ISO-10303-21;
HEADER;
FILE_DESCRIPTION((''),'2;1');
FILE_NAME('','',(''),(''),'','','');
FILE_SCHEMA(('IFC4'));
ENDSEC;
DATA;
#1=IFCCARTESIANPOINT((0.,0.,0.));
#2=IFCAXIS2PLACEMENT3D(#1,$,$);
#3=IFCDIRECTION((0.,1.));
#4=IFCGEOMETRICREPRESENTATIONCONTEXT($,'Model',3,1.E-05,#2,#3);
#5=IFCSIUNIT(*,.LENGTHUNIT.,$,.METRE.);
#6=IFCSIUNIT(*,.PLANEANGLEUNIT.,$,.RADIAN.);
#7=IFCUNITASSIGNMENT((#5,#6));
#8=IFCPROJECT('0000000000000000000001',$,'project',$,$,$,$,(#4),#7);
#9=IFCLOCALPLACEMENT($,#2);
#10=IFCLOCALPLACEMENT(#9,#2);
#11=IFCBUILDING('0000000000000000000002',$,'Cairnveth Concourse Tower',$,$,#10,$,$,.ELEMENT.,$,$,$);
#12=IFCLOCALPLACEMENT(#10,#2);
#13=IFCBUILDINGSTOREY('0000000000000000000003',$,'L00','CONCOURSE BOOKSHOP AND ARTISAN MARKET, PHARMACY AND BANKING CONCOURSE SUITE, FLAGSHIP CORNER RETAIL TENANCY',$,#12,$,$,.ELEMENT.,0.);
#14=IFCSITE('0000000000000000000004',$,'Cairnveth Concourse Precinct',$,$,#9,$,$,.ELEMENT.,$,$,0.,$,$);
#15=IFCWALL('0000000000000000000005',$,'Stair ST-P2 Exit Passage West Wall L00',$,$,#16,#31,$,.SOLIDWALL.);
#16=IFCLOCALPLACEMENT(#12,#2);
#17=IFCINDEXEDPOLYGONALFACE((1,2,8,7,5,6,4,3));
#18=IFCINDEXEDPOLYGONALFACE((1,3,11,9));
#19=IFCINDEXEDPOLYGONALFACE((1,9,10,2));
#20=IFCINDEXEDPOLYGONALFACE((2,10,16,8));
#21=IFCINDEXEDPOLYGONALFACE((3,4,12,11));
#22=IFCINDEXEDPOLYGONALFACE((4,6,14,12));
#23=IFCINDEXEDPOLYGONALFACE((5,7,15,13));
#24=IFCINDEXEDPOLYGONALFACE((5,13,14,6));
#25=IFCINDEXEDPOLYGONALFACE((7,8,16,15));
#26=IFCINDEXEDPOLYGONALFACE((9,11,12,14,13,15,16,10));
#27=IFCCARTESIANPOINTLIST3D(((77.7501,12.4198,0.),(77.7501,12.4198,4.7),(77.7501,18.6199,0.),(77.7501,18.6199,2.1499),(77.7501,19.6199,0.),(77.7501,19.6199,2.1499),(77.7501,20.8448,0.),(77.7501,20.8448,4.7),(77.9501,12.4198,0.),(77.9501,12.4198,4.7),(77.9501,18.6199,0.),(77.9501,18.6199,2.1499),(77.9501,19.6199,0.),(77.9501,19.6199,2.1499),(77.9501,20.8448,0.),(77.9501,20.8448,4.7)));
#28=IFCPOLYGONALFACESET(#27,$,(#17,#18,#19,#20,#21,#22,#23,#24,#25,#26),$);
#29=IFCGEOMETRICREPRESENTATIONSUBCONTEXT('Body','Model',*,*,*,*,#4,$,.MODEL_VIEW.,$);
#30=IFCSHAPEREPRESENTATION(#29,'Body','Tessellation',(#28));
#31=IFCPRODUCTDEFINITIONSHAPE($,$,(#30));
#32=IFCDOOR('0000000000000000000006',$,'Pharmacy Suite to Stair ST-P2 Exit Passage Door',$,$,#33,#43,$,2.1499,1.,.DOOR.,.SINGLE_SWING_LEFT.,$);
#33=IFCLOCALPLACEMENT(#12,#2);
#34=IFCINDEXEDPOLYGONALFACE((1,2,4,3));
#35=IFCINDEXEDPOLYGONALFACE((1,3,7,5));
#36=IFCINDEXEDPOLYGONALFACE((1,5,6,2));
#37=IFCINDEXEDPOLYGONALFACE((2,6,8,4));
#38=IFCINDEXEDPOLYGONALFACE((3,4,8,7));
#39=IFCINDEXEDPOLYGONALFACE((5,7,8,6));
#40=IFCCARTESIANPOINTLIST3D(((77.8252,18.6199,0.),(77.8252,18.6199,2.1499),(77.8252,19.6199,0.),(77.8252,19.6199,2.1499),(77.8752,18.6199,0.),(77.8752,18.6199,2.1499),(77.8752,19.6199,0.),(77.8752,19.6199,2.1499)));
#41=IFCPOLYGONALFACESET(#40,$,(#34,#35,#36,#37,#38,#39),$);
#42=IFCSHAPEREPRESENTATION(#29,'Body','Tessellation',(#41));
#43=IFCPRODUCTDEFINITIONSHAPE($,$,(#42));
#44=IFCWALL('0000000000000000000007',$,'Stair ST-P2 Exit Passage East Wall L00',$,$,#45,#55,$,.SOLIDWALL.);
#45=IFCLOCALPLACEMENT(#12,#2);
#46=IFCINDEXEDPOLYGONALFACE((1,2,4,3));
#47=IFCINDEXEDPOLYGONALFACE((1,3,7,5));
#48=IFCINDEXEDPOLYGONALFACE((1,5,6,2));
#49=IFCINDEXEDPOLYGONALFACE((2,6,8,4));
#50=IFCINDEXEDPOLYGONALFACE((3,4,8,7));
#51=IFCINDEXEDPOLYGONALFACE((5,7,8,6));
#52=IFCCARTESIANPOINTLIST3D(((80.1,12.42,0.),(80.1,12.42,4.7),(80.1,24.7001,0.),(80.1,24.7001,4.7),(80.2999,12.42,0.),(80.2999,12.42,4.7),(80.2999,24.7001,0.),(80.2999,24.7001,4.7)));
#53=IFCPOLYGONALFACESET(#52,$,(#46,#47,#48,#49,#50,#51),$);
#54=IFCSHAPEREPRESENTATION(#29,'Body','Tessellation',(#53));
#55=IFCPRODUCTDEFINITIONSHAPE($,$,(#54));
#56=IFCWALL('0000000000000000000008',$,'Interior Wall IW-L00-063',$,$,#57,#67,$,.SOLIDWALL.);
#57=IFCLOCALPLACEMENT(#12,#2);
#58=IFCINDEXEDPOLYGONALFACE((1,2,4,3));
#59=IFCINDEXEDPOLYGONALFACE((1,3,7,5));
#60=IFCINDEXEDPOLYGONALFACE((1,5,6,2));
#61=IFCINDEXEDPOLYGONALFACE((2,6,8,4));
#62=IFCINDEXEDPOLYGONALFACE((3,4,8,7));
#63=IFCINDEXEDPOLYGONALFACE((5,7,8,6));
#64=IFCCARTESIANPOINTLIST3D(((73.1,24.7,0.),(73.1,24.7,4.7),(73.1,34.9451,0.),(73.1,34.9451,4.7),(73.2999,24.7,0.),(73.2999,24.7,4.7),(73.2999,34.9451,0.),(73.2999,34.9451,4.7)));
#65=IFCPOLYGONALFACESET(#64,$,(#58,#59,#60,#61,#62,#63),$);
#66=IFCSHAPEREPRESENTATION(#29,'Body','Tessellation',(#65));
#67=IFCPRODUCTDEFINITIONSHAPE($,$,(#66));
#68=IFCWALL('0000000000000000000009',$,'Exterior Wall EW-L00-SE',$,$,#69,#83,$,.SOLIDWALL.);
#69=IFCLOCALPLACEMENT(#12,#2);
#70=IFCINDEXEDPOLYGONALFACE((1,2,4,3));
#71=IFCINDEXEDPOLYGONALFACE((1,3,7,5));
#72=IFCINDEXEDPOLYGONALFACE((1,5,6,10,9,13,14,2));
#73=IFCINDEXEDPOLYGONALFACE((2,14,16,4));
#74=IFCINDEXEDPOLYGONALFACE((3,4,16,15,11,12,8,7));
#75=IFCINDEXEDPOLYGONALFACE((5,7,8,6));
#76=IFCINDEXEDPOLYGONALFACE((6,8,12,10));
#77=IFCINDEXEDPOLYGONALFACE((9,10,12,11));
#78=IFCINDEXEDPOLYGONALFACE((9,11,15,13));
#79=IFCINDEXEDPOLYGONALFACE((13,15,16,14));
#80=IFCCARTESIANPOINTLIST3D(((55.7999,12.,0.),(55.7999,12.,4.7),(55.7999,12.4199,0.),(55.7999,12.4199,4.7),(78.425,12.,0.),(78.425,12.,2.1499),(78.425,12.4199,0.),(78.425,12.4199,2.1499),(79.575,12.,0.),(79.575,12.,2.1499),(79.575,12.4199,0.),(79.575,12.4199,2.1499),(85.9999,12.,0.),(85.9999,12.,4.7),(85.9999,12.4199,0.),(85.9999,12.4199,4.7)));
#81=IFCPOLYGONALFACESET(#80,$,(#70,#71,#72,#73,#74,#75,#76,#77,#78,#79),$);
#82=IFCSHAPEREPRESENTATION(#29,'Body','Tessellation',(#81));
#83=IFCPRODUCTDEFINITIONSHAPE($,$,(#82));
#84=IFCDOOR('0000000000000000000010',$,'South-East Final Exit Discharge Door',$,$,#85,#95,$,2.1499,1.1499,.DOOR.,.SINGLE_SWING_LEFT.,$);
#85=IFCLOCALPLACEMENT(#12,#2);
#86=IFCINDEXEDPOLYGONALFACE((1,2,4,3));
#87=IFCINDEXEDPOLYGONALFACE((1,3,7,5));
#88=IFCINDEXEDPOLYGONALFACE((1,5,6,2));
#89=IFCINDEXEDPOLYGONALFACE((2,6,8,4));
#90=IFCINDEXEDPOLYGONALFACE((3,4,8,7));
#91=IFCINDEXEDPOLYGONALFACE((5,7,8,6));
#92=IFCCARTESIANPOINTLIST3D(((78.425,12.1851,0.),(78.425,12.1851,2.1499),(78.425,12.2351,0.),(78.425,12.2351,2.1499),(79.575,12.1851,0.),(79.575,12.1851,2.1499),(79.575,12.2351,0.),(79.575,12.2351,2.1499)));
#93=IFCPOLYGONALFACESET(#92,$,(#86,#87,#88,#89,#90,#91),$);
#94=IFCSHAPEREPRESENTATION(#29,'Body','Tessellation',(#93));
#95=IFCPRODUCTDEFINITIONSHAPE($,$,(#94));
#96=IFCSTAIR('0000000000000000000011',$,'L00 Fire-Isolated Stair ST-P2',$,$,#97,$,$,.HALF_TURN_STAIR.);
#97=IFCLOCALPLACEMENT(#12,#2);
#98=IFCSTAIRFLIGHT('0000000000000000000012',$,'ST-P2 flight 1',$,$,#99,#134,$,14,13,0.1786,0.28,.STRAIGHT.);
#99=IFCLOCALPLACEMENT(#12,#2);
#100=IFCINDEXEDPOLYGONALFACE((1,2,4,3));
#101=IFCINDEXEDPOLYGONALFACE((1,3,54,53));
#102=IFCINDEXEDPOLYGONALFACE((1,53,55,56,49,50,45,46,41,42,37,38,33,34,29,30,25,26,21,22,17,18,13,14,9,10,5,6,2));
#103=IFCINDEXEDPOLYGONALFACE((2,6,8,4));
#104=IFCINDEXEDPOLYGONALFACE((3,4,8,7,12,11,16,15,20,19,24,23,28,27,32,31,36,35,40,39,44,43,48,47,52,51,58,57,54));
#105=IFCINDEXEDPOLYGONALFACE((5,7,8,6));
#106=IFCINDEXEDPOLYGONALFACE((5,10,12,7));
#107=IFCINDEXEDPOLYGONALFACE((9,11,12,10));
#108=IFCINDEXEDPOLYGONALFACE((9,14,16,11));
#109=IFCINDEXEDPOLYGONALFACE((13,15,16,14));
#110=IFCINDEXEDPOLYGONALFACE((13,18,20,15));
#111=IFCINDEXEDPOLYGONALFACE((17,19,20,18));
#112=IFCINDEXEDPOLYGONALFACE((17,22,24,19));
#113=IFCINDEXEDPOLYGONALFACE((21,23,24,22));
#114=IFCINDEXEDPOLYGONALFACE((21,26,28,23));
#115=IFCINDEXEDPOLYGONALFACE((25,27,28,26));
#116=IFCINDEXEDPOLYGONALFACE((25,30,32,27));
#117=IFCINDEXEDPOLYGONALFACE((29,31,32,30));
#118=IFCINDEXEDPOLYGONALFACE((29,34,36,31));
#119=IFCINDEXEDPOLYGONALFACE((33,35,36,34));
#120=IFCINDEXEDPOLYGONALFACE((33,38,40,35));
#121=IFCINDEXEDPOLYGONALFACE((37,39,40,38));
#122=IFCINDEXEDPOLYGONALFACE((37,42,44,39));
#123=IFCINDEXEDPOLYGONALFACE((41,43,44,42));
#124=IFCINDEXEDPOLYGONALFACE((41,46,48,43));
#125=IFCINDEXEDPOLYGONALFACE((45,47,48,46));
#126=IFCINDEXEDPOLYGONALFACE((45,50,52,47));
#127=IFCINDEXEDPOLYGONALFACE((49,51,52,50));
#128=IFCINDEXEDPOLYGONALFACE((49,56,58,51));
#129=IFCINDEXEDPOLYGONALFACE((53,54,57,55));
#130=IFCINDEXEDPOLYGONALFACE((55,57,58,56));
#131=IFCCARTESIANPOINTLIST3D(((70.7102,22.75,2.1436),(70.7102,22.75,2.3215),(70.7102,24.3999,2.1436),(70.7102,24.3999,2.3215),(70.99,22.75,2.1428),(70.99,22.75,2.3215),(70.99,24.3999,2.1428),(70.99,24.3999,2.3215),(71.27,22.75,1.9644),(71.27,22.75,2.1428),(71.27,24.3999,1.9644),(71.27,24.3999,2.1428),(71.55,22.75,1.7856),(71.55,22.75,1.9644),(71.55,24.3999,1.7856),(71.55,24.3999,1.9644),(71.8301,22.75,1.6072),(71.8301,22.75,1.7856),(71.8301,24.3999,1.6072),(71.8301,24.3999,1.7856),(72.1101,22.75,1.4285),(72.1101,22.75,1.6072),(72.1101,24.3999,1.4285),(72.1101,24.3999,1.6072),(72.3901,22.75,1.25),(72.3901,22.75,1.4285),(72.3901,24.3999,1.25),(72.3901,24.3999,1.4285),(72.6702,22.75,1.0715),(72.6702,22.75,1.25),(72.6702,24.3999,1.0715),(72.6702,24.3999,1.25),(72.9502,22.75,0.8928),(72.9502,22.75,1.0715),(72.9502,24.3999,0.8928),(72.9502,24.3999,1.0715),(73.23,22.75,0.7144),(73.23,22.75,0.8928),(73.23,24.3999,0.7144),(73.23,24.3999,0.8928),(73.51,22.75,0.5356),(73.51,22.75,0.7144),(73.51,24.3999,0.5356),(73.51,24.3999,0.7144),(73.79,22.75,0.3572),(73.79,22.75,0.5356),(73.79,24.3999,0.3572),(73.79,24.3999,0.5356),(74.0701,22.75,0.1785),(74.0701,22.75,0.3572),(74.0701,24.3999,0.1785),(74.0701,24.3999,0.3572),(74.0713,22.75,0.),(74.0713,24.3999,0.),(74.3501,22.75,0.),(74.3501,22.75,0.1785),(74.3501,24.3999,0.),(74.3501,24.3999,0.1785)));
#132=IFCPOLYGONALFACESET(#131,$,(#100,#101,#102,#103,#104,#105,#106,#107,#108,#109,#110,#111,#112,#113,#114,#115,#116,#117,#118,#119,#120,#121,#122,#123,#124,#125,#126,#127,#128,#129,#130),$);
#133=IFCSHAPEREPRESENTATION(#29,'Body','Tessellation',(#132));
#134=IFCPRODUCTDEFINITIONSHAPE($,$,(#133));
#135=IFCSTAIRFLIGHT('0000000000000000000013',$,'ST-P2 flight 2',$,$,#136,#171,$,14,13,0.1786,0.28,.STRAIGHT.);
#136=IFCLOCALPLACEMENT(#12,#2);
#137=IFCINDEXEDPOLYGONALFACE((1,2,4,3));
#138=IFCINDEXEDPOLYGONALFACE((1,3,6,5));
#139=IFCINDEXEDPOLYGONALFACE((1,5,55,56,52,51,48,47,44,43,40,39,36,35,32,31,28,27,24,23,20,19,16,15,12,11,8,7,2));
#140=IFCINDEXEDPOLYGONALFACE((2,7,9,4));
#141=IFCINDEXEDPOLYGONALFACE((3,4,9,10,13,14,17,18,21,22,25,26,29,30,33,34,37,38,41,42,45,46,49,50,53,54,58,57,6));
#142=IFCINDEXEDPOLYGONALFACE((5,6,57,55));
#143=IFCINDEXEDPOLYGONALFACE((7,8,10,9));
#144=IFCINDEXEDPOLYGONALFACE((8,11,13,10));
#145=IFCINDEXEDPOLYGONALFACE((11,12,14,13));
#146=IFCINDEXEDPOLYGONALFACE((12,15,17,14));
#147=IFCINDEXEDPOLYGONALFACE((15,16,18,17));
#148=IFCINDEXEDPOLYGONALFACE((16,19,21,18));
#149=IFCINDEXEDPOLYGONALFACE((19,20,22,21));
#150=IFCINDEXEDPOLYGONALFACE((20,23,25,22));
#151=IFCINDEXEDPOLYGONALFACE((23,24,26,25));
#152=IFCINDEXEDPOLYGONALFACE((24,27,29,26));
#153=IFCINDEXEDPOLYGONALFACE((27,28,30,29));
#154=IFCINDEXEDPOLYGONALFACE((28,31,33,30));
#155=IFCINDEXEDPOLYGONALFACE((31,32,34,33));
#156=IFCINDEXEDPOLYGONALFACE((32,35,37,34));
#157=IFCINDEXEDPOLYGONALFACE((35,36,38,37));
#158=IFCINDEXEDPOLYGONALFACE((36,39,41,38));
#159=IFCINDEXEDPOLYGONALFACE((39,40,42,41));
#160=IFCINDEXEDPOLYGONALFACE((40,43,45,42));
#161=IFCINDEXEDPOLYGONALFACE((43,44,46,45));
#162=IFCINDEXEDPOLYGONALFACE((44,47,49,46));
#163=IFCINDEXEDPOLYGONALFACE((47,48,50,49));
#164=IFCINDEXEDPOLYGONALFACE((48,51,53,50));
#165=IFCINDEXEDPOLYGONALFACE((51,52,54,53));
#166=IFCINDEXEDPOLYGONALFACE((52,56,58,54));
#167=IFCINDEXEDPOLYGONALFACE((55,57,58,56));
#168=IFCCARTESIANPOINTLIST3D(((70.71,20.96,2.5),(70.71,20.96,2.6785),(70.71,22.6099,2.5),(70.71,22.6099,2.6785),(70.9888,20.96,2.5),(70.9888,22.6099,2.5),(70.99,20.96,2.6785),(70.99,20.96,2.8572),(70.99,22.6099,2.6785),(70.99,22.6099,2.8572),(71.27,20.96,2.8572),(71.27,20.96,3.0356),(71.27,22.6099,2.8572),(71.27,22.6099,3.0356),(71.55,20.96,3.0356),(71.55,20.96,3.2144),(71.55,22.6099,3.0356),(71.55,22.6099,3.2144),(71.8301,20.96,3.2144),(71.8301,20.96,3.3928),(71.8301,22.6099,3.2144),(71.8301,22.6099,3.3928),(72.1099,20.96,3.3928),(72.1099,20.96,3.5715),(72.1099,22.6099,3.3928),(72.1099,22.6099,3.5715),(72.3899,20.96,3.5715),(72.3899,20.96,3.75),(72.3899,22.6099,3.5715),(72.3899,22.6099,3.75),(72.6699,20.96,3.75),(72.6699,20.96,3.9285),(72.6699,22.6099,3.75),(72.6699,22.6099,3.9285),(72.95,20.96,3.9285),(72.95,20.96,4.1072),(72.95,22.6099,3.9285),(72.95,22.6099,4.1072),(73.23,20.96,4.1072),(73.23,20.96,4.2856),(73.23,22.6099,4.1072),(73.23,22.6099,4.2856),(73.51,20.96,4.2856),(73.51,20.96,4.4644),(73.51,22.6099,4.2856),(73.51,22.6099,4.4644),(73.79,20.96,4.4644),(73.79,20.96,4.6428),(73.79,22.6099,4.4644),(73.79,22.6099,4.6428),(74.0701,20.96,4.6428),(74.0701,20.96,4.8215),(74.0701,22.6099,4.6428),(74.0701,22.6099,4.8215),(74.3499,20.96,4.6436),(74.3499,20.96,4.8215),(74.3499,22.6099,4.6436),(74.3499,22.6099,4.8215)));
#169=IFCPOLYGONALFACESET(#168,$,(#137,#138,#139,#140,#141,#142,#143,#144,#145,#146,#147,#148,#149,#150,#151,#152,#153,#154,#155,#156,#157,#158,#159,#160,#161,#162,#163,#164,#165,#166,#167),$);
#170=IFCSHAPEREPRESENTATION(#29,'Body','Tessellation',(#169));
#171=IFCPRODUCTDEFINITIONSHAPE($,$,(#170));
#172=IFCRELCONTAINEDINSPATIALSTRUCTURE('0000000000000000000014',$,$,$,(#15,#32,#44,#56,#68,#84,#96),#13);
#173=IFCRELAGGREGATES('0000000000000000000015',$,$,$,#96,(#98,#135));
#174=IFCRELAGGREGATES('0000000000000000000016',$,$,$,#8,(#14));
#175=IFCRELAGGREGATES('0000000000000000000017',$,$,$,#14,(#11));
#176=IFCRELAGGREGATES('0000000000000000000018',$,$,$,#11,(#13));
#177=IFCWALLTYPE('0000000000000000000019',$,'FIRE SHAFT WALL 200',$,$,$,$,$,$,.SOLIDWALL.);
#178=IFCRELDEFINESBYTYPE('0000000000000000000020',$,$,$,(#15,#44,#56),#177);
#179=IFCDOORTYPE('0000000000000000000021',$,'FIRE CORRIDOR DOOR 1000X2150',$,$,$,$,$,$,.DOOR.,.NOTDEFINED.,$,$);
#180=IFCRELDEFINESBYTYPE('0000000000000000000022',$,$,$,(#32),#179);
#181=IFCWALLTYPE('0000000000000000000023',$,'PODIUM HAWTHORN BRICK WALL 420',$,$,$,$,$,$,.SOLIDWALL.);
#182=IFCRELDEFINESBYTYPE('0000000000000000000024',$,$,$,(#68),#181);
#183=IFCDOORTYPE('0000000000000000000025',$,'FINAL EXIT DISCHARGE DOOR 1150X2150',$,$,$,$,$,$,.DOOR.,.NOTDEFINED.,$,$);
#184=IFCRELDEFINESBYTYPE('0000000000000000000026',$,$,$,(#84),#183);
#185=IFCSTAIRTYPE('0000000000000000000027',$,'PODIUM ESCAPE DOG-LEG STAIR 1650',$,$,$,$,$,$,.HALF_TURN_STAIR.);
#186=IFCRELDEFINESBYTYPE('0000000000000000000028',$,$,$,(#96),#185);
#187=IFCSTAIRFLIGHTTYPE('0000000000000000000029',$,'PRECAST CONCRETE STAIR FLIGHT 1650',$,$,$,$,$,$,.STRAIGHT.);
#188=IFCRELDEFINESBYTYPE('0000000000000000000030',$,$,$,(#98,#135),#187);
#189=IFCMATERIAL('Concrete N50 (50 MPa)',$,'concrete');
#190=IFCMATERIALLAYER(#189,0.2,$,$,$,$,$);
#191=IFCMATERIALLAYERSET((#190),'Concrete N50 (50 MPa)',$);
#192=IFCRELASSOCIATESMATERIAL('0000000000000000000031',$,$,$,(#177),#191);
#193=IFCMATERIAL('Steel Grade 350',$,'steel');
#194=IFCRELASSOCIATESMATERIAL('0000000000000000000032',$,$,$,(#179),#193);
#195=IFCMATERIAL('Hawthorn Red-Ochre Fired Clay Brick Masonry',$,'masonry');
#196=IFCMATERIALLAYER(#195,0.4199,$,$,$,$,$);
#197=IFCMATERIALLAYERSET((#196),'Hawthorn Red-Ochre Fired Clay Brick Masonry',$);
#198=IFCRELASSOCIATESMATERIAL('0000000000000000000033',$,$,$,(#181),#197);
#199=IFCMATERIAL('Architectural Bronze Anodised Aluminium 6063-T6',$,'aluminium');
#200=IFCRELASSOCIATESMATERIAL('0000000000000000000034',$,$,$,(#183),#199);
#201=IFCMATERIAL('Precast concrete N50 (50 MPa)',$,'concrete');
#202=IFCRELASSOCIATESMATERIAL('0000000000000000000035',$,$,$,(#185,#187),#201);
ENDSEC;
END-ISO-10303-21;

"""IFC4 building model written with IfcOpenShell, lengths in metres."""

from ifc_helpers import new_model, si_unit, direction, frame, frame_2d, origin, place, context, subcontext, project, spatial, polyline, rectangle, outline, extrude, material, layer, layer_set, type_object, element, fill, aggregate, save


model = new_model("IFC4")

# Units and contexts
model_context = context("Model", 3, precision=1e-05, world=origin(), true_north=direction((0.0, 1.0)))
body_context = subcontext(model_context, "Body", "Model", "MODEL_VIEW")
ifc_project = project(units=[si_unit("LENGTHUNIT", "METRE"), si_unit("PLANEANGLEUNIT", "RADIAN")], contexts=[model_context])

# Site, building, storey
site_placement = place(None, origin())
site = spatial("IfcSite", under=ifc_project, at=site_placement, Name="Cairnveth Concourse Precinct", CompositionType="ELEMENT", RefElevation=0.0)
building_placement = place(site_placement, origin())
building = spatial("IfcBuilding", under=site, at=building_placement, Name="Cairnveth Concourse Tower", CompositionType="ELEMENT")
storey_placement = place(building_placement, origin())
storey = spatial("IfcBuildingStorey", under=building, at=storey_placement, Name="L00", Description="CONCOURSE BOOKSHOP AND ARTISAN MARKET, PHARMACY AND BANKING CONCOURSE SUITE, FLAGSHIP CORNER RETAIL TENANCY", CompositionType="ELEMENT", Elevation=0.0)

# Shared definitions
ifc_material_1 = material(Name="Concrete N50 (50 MPa)", Category="concrete")

# Shared definitions
ifc_material_2 = material(Name="Steel Grade 350", Category="steel")

# Shared definitions
ifc_layer_1 = layer(ifc_material_1, 0.2)
ifc_layer_set_1 = layer_set([ifc_layer_1], Name="Concrete N50 (50 MPa)")
wall_type_1 = type_object("IfcWallType", Name="FIRE SHAFT WALL 200", PredefinedType="SOLIDWALL", material=ifc_layer_set_1)

# Wall, opening, door
wall_1_placement = place(storey_placement, frame((77.8501, 12.4199, 0.0), z_axis=(0.0, 0.0, 1.0), x_axis=(0.0, 1.0, 0.0)))
wall_1 = element("IfcWall", 1, at=wall_1_placement, inside=storey, type_object=wall_type_1, Name="Stair ST-P2 Exit Passage West Wall L00", PredefinedType="SOLIDWALL", context=body_context, shape_type="SweptSolid", body=[
    extrude(rectangle(XDim=8.425, YDim=0.2, at=frame_2d((4.2124, 0.0))), origin(), (0.0, 0.0, 1.0), 4.7),
])
opening_1_placement = place(wall_1_placement, frame((6.2, 0.0, 0.0)))
opening_1 = element("IfcOpeningElement", 2, at=opening_1_placement, cuts=wall_1, PredefinedType="OPENING", context=body_context, shape_type="SweptSolid", body=[
    extrude(rectangle(XDim=1.0, YDim=2.1499, at=frame_2d((0.5, 1.075))), frame((0.0, 0.1099, 0.0), z_axis=(0.0, -1.0, 0.0), x_axis=(1.0, 0.0, 0.0)), (0.0, 0.0, 1.0), 0.22),
])
door_type_1 = type_object("IfcDoorType", Name="FIRE CORRIDOR DOOR 1000X2150", OperationType="NOTDEFINED", PredefinedType="DOOR", material=ifc_material_2)
door_1_placement = place(opening_1_placement, origin())
door_1 = element("IfcDoor", 3, at=door_1_placement, inside=storey, type_object=door_type_1, Name="Pharmacy Suite to Stair ST-P2 Exit Passage Door", OperationType="SINGLE_SWING_LEFT", OverallHeight=2.1499, OverallWidth=1.0, PredefinedType="DOOR", context=body_context, shape_type="SweptSolid", body=[
    extrude(rectangle(XDim=1.0, YDim=2.1499, at=frame_2d((0.5, 1.075))), frame((0.0, 0.0249, 0.0), z_axis=(0.0, -1.0, 0.0), x_axis=(1.0, 0.0, 0.0)), (0.0, 0.0, 1.0), 0.05),
])
fill(opening_1, door_1)

# Walls
wall_2_placement = place(storey_placement, frame((80.2, 12.4199, 0.0), z_axis=(0.0, 0.0, 1.0), x_axis=(0.0, 1.0, 0.0)))
element("IfcWall", 4, at=wall_2_placement, inside=storey, type_object=wall_type_1, Name="Stair ST-P2 Exit Passage East Wall L00", PredefinedType="SOLIDWALL", context=body_context, shape_type="SweptSolid", body=[
    extrude(rectangle(XDim=12.28, YDim=0.2, at=frame_2d((6.1401, 0.0))), origin(), (0.0, 0.0, 1.0), 4.7),
])
wall_3_placement = place(storey_placement, frame((73.2, 24.7, 0.0), z_axis=(0.0, 0.0, 1.0), x_axis=(0.0, 1.0, 0.0)))
element("IfcWall", 5, at=wall_3_placement, inside=storey, type_object=wall_type_1, Name="Interior Wall IW-L00-063", PredefinedType="SOLIDWALL", context=body_context, shape_type="SweptSolid", body=[
    extrude(rectangle(XDim=10.2451, YDim=0.2, at=frame_2d((5.1226, 0.0))), origin(), (0.0, 0.0, 1.0), 4.7),
])

# Wall, opening, door
ifc_material_3 = material(Name="Hawthorn Red-Ochre Fired Clay Brick Masonry", Category="masonry")
ifc_layer_2 = layer(ifc_material_3, 0.4199)
ifc_layer_set_2 = layer_set([ifc_layer_2], Name="Hawthorn Red-Ochre Fired Clay Brick Masonry")
wall_type_2 = type_object("IfcWallType", Name="PODIUM HAWTHORN BRICK WALL 420", PredefinedType="SOLIDWALL", material=ifc_layer_set_2)
wall_4_placement = place(storey_placement, frame((86.0, 12.21, 0.0), z_axis=(0.0, 0.0, 1.0), x_axis=(-1.0, 0.0, 0.0)))
wall_4 = element("IfcWall", 6, at=wall_4_placement, inside=storey, type_object=wall_type_2, Name="Exterior Wall EW-L00-SE", PredefinedType="SOLIDWALL", context=body_context, shape_type="SweptSolid", body=[
    extrude(rectangle(XDim=30.2, YDim=0.4199, at=frame_2d((15.1001, 0.0))), origin(), (0.0, 0.0, 1.0), 4.7),
])
opening_2_placement = place(wall_4_placement, frame((6.425, 0.0, 0.0)))
opening_2 = element("IfcOpeningElement", 7, at=opening_2_placement, cuts=wall_4, PredefinedType="OPENING", context=body_context, shape_type="SweptSolid", body=[
    extrude(rectangle(XDim=1.1499, YDim=2.1499, at=frame_2d((0.575, 1.075))), frame((0.0, 0.22, 0.0), z_axis=(0.0, -1.0, 0.0), x_axis=(1.0, 0.0, 0.0)), (0.0, 0.0, 1.0), 0.4399),
])
ifc_material_4 = material(Name="Architectural Bronze Anodised Aluminium 6063-T6", Category="aluminium")
door_type_2 = type_object("IfcDoorType", Name="FINAL EXIT DISCHARGE DOOR 1150X2150", OperationType="NOTDEFINED", PredefinedType="DOOR", material=ifc_material_4)
door_2_placement = place(opening_2_placement, origin())
door_2 = element("IfcDoor", 8, at=door_2_placement, inside=storey, type_object=door_type_2, Name="South-East Final Exit Discharge Door", OperationType="SINGLE_SWING_LEFT", OverallHeight=2.1499, OverallWidth=1.1499, PredefinedType="DOOR", context=body_context, shape_type="SweptSolid", body=[
    extrude(rectangle(XDim=1.1499, YDim=2.1499, at=frame_2d((0.575, 1.075))), frame((0.0, 0.0249, 0.0), z_axis=(0.0, -1.0, 0.0), x_axis=(1.0, 0.0, 0.0)), (0.0, 0.0, 1.0), 0.05),
])
fill(opening_2, door_2)

# Stair, stair flights
ifc_material_5 = material(Name="Precast concrete N50 (50 MPa)", Category="concrete")
stair_type = type_object("IfcStairType", Name="PODIUM ESCAPE DOG-LEG STAIR 1650", PredefinedType="HALF_TURN_STAIR", material=ifc_material_5)
stair_placement = place(storey_placement, origin())
stair = element("IfcStair", 9, at=stair_placement, inside=storey, type_object=stair_type, Name="L00 Fire-Isolated Stair ST-P2", PredefinedType="HALF_TURN_STAIR")
stair_flight_type = type_object("IfcStairFlightType", Name="PRECAST CONCRETE STAIR FLIGHT 1650", PredefinedType="STRAIGHT", material=ifc_material_5)
stair_flight_1_placement = place(storey_placement, frame((74.3501, 23.575, 0.0), z_axis=(0.0, 0.0, 1.0), x_axis=(-1.0, 0.0, 0.0)))
stair_flight_1 = element("IfcStairFlight", 10, at=stair_flight_1_placement, type_object=stair_flight_type, Name="ST-P2 flight 1", NumberOfRisers=14, NumberOfTreads=13, PredefinedType="STRAIGHT", RiserHeight=0.1786, TreadLength=0.28, context=body_context, shape_type="SweptSolid", body=[
    extrude(outline(polyline([(0.0, 0.0), (0.0, 0.1785), (0.28, 0.1785), (0.28, 0.3572), (0.5601, 0.3572), (0.5601, 0.5356), (0.8401, 0.5356), (0.8401, 0.7144), (1.1201, 0.7144), (1.1201, 0.8928), (1.3999, 0.8928), (1.3999, 1.0715), (1.6799, 1.0715), (1.6799, 1.25), (1.96, 1.25), (1.96, 1.4285), (2.24, 1.4285), (2.24, 1.6072), (2.52, 1.6072), (2.52, 1.7856), (2.8, 1.7856), (2.8, 1.9644), (3.0801, 1.9644), (3.0801, 2.1428), (3.3601, 2.1428), (3.3601, 2.3215), (3.6399, 2.3215), (3.6399, 2.5), (3.6399, 2.1436), (0.2788, 0.0), (0.0, 0.0)])), frame((0.0, 0.825, 0.0), z_axis=(0.0, -1.0, 0.0), x_axis=(1.0, 0.0, 0.0)), (0.0, 0.0, 1.0), 1.6499),
])
stair_flight_2_placement = place(storey_placement, frame((70.71, 21.7849, 2.5), z_axis=(0.0, 0.0, 1.0), x_axis=(1.0, 0.0, 0.0)))
stair_flight_2 = element("IfcStairFlight", 11, at=stair_flight_2_placement, type_object=stair_flight_type, Name="ST-P2 flight 2", NumberOfRisers=14, NumberOfTreads=13, PredefinedType="STRAIGHT", RiserHeight=0.1786, TreadLength=0.28, context=body_context, shape_type="SweptSolid", body=[
    extrude(outline(polyline([(0.0, 0.0), (0.0, 0.1785), (0.28, 0.1785), (0.28, 0.3572), (0.5601, 0.3572), (0.5601, 0.5356), (0.8401, 0.5356), (0.8401, 0.7144), (1.1201, 0.7144), (1.1201, 0.8928), (1.3999, 0.8928), (1.3999, 1.0715), (1.6799, 1.0715), (1.6799, 1.25), (1.96, 1.25), (1.96, 1.4285), (2.24, 1.4285), (2.24, 1.6072), (2.52, 1.6072), (2.52, 1.7856), (2.8, 1.7856), (2.8, 1.9644), (3.0801, 1.9644), (3.0801, 2.1428), (3.3601, 2.1428), (3.3601, 2.3215), (3.6399, 2.3215), (3.6399, 2.5), (3.6399, 2.1436), (0.2788, 0.0), (0.0, 0.0)])), frame((0.0, 0.825, 0.0), z_axis=(0.0, -1.0, 0.0), x_axis=(1.0, 0.0, 0.0)), (0.0, 0.0, 1.0), 1.6499),
])
aggregate(stair, [stair_flight_1, stair_flight_2])

save(model, "model.ifc")
